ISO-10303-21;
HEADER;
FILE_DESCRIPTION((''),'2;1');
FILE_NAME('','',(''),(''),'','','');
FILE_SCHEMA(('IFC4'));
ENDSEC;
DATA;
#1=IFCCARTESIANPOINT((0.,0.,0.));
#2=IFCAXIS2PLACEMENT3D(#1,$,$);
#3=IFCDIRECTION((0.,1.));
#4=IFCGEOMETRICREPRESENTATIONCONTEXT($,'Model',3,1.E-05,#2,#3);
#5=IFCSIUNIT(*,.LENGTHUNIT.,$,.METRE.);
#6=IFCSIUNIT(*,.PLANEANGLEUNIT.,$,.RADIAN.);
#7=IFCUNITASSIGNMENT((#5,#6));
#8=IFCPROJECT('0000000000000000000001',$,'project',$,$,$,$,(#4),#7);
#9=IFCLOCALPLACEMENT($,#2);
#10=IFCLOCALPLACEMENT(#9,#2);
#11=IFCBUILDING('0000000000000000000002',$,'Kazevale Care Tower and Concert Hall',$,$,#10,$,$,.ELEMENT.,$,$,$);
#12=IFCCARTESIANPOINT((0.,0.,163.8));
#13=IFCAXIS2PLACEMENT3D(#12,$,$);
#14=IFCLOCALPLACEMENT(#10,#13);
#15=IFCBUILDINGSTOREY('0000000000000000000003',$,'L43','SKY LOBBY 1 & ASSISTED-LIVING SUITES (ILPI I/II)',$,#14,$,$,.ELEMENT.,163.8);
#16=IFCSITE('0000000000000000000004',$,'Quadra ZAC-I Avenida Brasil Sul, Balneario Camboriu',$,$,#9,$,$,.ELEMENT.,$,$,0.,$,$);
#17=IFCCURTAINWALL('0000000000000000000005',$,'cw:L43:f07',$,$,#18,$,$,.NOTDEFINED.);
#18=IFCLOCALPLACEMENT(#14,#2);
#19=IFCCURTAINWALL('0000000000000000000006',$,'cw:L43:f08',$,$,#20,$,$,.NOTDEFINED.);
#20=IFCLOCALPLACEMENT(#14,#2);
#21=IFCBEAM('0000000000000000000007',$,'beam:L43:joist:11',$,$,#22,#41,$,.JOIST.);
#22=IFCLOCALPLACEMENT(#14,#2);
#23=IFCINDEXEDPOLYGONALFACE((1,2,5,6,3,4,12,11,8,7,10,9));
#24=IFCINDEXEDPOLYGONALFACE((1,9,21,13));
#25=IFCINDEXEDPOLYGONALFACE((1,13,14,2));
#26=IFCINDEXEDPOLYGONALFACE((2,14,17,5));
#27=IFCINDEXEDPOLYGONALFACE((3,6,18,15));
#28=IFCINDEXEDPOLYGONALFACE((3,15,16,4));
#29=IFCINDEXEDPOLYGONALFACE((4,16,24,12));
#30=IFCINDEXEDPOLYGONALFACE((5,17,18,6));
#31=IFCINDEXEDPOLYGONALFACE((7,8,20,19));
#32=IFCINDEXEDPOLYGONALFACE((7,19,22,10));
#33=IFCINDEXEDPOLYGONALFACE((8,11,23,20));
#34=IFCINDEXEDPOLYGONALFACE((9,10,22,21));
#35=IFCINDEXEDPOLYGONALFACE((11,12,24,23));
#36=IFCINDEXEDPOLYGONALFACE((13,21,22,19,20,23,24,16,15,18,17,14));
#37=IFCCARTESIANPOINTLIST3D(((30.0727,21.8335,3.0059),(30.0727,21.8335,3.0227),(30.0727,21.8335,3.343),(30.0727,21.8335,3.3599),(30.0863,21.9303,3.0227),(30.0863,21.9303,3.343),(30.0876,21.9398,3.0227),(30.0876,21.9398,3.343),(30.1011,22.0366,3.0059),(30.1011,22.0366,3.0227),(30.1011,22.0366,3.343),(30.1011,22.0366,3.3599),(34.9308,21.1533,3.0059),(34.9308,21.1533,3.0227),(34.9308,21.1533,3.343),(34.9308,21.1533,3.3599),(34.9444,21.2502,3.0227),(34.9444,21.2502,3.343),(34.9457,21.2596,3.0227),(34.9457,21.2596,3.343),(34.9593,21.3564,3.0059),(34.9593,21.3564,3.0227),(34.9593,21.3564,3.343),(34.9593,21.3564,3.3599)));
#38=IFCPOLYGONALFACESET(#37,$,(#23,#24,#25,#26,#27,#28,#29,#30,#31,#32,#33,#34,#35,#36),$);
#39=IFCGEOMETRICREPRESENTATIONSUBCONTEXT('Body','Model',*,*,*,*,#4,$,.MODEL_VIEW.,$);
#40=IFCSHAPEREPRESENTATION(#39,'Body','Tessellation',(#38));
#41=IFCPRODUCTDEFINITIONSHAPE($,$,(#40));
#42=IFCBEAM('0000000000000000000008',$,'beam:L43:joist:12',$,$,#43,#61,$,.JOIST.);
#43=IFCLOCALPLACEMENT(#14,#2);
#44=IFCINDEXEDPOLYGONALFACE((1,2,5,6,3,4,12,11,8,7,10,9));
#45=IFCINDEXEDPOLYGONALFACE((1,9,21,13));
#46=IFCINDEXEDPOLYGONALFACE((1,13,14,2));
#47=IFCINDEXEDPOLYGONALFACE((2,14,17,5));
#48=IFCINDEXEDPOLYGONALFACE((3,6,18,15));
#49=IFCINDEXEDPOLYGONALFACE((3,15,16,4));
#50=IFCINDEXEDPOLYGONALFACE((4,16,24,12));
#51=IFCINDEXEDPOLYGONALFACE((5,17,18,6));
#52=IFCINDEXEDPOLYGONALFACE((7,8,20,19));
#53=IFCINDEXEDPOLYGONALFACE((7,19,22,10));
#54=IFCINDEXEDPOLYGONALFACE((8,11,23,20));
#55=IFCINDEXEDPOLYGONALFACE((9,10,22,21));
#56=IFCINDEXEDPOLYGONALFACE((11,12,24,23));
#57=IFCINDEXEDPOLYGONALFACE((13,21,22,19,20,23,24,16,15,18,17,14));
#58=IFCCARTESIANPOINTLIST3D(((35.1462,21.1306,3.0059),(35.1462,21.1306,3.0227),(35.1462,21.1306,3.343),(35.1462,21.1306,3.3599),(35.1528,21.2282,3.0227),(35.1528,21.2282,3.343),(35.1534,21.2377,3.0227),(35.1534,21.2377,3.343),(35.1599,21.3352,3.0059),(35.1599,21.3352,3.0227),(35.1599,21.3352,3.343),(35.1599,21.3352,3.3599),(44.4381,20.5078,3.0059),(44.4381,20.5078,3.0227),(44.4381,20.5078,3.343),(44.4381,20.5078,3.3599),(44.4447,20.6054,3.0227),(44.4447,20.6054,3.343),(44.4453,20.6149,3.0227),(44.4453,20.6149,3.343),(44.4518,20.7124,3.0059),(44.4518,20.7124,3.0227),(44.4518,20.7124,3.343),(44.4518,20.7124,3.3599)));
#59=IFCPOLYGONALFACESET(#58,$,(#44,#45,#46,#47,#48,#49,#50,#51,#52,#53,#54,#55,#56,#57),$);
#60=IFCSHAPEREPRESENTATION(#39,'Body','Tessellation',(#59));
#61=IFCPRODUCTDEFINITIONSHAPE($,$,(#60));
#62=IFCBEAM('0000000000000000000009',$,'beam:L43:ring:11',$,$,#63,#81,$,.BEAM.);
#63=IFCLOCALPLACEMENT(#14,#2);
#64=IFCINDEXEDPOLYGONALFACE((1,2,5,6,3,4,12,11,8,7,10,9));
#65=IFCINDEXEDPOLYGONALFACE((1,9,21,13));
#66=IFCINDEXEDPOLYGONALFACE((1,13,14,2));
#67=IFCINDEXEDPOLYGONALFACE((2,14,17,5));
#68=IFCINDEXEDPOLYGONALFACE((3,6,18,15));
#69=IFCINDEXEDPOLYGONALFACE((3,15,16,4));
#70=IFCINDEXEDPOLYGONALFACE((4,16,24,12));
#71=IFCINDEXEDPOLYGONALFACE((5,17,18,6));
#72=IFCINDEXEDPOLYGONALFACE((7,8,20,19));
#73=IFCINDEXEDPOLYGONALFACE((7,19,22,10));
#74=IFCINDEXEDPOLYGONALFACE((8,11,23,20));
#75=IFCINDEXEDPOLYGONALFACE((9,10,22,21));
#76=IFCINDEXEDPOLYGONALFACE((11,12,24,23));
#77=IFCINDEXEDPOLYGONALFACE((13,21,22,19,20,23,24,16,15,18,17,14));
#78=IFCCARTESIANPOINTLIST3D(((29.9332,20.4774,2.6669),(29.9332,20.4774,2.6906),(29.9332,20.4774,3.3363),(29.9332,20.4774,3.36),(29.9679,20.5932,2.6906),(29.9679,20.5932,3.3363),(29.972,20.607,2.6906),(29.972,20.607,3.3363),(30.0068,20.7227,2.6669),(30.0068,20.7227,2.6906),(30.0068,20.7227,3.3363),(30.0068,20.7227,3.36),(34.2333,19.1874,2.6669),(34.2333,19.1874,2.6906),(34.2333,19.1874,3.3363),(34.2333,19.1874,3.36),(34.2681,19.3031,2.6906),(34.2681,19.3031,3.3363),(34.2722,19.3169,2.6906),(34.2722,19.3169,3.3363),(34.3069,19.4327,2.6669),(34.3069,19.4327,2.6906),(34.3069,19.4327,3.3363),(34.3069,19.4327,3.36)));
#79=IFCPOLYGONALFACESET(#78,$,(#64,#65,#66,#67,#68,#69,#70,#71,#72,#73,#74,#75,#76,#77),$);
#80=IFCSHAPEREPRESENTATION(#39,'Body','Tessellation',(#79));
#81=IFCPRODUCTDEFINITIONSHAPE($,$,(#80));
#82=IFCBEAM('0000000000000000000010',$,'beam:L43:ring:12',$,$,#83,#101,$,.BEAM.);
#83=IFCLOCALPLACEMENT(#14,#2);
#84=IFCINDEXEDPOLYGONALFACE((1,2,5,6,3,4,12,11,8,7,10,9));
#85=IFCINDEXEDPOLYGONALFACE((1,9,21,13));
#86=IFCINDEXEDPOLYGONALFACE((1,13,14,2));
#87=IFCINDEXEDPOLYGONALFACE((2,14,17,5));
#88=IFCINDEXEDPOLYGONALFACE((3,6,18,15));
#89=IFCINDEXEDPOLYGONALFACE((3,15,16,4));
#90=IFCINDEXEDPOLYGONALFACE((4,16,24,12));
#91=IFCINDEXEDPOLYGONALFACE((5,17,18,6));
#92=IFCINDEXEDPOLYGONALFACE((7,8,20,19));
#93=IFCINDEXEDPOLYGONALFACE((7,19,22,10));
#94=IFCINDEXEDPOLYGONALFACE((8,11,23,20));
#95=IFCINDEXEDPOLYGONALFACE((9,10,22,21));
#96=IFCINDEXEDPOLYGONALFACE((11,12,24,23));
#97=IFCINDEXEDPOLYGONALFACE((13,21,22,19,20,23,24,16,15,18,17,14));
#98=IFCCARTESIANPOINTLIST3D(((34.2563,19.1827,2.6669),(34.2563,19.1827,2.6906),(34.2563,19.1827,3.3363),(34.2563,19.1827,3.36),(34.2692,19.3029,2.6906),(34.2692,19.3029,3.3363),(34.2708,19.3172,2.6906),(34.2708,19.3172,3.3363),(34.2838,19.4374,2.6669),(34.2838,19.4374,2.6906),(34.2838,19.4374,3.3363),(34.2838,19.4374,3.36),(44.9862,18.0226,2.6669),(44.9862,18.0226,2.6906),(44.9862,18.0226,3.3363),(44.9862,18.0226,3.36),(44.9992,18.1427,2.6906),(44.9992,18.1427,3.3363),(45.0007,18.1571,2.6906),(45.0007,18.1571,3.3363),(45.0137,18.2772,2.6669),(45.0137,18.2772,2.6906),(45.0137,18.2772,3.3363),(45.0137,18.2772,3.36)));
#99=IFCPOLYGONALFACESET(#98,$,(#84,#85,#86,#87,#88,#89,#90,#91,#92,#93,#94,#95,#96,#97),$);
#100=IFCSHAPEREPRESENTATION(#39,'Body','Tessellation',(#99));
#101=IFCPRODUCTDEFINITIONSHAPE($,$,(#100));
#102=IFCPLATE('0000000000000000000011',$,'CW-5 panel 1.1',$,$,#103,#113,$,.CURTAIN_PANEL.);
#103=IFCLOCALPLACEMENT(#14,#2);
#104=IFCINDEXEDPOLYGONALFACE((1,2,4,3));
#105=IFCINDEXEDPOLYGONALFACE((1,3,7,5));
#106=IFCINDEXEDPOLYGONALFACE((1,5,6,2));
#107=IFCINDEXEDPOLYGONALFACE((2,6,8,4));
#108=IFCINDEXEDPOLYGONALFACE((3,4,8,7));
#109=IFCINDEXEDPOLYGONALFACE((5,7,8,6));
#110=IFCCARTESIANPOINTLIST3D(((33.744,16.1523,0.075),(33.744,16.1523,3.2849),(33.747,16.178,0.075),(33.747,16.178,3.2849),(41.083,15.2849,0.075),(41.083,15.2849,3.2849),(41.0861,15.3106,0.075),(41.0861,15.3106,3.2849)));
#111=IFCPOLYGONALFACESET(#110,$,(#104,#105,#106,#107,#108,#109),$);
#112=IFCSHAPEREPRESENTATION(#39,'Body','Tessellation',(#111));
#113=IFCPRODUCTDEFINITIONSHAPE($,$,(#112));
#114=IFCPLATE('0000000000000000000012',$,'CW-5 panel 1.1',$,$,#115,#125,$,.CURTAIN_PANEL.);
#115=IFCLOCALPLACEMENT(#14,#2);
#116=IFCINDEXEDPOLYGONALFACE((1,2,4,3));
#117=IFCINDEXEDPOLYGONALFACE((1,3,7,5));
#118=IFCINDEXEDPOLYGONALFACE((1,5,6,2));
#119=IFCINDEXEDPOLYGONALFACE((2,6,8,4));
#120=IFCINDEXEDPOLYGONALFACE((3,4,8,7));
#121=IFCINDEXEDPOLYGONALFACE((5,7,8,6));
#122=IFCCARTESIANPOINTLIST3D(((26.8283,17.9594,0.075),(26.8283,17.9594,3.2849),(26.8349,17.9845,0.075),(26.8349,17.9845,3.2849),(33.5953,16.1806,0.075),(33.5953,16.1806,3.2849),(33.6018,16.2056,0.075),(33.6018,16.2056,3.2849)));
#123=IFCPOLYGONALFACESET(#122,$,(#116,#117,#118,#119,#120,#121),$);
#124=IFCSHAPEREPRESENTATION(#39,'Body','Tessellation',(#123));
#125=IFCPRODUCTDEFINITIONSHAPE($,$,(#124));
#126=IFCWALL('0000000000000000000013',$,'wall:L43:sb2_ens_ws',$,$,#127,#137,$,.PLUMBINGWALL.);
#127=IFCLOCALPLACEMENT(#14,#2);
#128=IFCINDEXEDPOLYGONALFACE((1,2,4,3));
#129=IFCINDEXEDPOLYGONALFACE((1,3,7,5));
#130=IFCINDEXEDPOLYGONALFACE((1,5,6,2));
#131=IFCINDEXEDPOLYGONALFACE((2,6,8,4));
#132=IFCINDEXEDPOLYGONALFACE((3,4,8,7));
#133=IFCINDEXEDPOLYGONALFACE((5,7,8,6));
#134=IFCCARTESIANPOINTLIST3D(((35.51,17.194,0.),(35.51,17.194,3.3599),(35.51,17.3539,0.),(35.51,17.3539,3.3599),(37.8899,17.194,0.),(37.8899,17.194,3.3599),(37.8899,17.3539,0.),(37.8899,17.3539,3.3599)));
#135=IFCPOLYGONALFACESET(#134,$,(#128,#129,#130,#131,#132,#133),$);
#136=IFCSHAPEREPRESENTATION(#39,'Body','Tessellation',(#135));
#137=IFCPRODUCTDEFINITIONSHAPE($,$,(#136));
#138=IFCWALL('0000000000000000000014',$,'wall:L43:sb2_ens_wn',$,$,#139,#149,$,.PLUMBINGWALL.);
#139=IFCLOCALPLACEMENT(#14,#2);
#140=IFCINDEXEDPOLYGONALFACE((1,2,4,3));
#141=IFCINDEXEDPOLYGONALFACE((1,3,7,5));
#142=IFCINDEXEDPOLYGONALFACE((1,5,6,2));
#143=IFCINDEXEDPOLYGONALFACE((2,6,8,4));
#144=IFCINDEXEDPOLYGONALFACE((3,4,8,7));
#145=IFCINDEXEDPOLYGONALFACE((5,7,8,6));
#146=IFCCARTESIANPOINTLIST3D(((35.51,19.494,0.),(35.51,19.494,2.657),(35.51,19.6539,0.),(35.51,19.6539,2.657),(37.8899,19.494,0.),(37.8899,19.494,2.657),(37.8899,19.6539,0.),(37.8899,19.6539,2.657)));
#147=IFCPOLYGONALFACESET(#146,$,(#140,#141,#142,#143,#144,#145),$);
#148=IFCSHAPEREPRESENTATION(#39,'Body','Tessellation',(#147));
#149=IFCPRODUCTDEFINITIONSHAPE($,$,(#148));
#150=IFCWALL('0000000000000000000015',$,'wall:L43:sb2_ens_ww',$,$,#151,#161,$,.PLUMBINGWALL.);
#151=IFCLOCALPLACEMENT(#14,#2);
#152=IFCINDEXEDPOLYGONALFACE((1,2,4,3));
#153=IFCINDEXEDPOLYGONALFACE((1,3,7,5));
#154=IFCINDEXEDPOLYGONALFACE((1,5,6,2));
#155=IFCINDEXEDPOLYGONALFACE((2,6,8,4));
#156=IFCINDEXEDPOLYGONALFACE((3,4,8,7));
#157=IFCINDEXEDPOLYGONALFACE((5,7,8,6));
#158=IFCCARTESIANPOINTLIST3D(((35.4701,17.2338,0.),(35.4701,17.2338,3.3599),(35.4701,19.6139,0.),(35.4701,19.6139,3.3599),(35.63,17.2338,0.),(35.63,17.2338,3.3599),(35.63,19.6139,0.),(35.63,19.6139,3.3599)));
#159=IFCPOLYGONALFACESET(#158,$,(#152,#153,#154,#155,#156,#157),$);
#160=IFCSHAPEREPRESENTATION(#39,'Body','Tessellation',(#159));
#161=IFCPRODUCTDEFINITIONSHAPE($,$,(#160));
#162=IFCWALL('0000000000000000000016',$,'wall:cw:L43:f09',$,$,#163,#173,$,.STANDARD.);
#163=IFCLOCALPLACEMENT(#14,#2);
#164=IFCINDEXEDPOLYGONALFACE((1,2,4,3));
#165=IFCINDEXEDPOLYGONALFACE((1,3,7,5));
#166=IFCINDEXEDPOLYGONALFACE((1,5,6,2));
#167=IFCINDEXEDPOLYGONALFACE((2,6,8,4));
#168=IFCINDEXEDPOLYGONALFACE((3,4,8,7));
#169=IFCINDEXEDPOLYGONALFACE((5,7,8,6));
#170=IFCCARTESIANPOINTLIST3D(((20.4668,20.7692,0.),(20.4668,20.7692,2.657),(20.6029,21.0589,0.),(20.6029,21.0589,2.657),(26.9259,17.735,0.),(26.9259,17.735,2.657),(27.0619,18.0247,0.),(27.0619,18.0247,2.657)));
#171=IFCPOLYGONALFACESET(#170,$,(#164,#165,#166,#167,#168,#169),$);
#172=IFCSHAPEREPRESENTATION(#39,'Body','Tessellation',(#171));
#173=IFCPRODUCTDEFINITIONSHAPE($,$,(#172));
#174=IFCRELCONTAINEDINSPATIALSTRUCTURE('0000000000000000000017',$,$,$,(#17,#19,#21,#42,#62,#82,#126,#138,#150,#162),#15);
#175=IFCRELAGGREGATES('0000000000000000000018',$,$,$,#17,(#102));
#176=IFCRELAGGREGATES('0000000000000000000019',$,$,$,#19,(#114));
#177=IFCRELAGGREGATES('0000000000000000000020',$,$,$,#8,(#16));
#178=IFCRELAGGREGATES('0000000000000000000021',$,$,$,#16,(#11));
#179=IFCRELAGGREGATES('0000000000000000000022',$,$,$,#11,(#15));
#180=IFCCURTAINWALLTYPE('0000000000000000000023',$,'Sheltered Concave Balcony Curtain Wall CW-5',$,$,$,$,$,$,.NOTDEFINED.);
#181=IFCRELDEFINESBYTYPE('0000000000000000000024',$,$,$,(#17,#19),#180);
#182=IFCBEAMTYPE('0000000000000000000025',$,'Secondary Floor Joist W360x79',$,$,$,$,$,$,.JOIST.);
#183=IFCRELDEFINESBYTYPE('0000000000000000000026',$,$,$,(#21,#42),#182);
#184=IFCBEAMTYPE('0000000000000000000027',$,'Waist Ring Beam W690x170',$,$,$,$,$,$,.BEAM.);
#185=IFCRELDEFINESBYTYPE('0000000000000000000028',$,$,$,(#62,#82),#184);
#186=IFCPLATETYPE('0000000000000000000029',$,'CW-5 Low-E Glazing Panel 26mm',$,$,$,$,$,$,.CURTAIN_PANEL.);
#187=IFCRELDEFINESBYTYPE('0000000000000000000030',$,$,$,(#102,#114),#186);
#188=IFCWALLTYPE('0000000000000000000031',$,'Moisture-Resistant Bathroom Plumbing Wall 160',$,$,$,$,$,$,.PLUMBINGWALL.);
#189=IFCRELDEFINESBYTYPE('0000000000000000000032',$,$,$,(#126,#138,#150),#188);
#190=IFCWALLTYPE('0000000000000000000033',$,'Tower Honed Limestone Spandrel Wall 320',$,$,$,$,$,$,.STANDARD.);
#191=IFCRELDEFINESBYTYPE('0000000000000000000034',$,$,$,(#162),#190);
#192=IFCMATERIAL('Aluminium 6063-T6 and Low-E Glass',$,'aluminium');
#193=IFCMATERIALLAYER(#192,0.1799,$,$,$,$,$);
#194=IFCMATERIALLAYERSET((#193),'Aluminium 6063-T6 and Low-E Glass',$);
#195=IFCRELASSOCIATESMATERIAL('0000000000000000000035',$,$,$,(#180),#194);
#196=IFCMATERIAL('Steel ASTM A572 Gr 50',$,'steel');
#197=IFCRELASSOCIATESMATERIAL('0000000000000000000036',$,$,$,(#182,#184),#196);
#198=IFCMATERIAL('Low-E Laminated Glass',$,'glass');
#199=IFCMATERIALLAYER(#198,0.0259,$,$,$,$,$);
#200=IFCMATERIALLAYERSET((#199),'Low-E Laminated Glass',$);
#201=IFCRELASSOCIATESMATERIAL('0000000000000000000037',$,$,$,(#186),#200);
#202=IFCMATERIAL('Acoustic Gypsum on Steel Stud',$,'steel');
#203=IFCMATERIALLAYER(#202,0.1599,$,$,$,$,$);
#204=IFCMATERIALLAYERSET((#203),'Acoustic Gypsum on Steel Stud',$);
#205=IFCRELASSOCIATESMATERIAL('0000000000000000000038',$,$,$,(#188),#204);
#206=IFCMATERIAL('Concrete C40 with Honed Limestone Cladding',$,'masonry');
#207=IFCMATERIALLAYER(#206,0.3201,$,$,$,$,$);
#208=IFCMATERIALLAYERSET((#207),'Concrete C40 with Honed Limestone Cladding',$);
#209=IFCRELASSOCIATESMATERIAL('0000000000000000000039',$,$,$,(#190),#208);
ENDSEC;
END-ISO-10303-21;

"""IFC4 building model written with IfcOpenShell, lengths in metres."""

from ifc_helpers import new_model, si_unit, direction, frame, frame_2d, origin, origin_2d, place, context, subcontext, project, spatial, rectangle, i_section, extrude, material, layer, layer_set, material_profile, profile_set, type_object, element, aggregate, save


model = new_model("IFC4")

# Units and contexts
model_context = context("Model", 3, precision=1e-05, world=origin(), true_north=direction((0.0, 1.0)))
body_context = subcontext(model_context, "Body", "Model", "MODEL_VIEW")
ifc_project = project(units=[si_unit("LENGTHUNIT", "METRE"), si_unit("PLANEANGLEUNIT", "RADIAN")], contexts=[model_context])

# Site, building, storey
site_placement = place(None, origin())
site = spatial("IfcSite", under=ifc_project, at=site_placement, Name="Quadra ZAC-I Avenida Brasil Sul, Balneario Camboriu", CompositionType="ELEMENT", RefElevation=0.0)
building_placement = place(site_placement, origin())
building = spatial("IfcBuilding", under=site, at=building_placement, Name="Kazevale Care Tower and Concert Hall", CompositionType="ELEMENT")
storey_placement = place(building_placement, frame((0.0, 0.0, 163.8)))
storey = spatial("IfcBuildingStorey", under=building, at=storey_placement, Name="L43", Description="SKY LOBBY 1 & ASSISTED-LIVING SUITES (ILPI I/II)", CompositionType="ELEMENT", Elevation=163.8)

# Curtain wall
ifc_material_1 = material(Name="Aluminium 6063-T6 and Low-E Glass", Category="aluminium")
ifc_layer_1 = layer(ifc_material_1, 0.1799)
ifc_layer_set_1 = layer_set([ifc_layer_1], Name="Aluminium 6063-T6 and Low-E Glass")
curtain_wall_type = type_object("IfcCurtainWallType", Name="Sheltered Concave Balcony Curtain Wall CW-5", PredefinedType="NOTDEFINED", material=ifc_layer_set_1)
curtain_wall_1_placement = place(storey_placement, origin())
curtain_wall_1 = element("IfcCurtainWall", 1, at=curtain_wall_1_placement, inside=storey, type_object=curtain_wall_type, Name="cw:L43:f07", PredefinedType="NOTDEFINED")

# Curtain wall
curtain_wall_2_placement = place(storey_placement, origin())
curtain_wall_2 = element("IfcCurtainWall", 2, at=curtain_wall_2_placement, inside=storey, type_object=curtain_wall_type, Name="cw:L43:f08", PredefinedType="NOTDEFINED")

# Beams
ifc_material_2 = material(Name="Steel ASTM A572 Gr 50", Category="steel")
ifc_material_profile_1 = material_profile(ifc_material_2, i_section(OverallWidth=0.2051, OverallDepth=0.354, WebThickness=0.0095, FlangeThickness=0.0168, at=origin_2d()), Name="W360x79")
ifc_profile_set_1 = profile_set([ifc_material_profile_1], Name="Steel ASTM A572 Gr 50")
beam_type_1 = type_object("IfcBeamType", Name="Secondary Floor Joist W360x79", PredefinedType="JOIST", material=ifc_profile_set_1)
beam_1_placement = place(storey_placement, frame((30.0869, 21.9351, 3.1829), z_axis=(0.990341, -0.138655, 0.0), x_axis=(0.138655, 0.990341, 0.0)))
element("IfcBeam", 3, at=beam_1_placement, inside=storey, type_object=beam_type_1, Name="beam:L43:joist:11", PredefinedType="JOIST", context=body_context, shape_type="SweptSolid", body=[
    extrude(i_section(OverallWidth=0.2051, OverallDepth=0.354, WebThickness=0.0095, FlangeThickness=0.0168, at=origin_2d()), origin(), (0.0, 0.0, 1.0), 4.9055),
])
beam_2_placement = place(storey_placement, frame((35.1531, 21.2329, 3.1829), z_axis=(0.997761, -0.066876, 0.0), x_axis=(0.066876, 0.997761, 0.0)))
element("IfcBeam", 4, at=beam_2_placement, inside=storey, type_object=beam_type_1, Name="beam:L43:joist:12", PredefinedType="JOIST", context=body_context, shape_type="SweptSolid", body=[
    extrude(i_section(OverallWidth=0.2051, OverallDepth=0.354, WebThickness=0.0095, FlangeThickness=0.0168, at=origin_2d()), origin(), (0.0, 0.0, 1.0), 9.3127),
])
ifc_material_profile_2 = material_profile(ifc_material_2, i_section(OverallWidth=0.2561, OverallDepth=0.6931, WebThickness=0.0144, FlangeThickness=0.0237, at=origin_2d()), Name="W690x170")
ifc_profile_set_2 = profile_set([ifc_material_profile_2], Name="Steel ASTM A572 Gr 50")
beam_type_2 = type_object("IfcBeamType", Name="Waist Ring Beam W690x170", PredefinedType="BEAM", material=ifc_profile_set_2)
beam_3_placement = place(storey_placement, frame((29.97, 20.6001, 3.0134), z_axis=(0.957825, -0.287353, 0.0), x_axis=(0.287353, 0.957825, 0.0)))
element("IfcBeam", 5, at=beam_3_placement, inside=storey, type_object=beam_type_2, Name="beam:L43:ring:11", PredefinedType="BEAM", context=body_context, shape_type="SweptSolid", body=[
    extrude(i_section(OverallWidth=0.2561, OverallDepth=0.6931, WebThickness=0.0144, FlangeThickness=0.0237, at=origin_2d()), origin(), (0.0, 0.0, 1.0), 4.4895),
])
beam_4_placement = place(storey_placement, frame((34.27, 19.3101, 3.0134), z_axis=(0.994205, -0.107496, 0.0), x_axis=(0.107496, 0.994205, 0.0)))
element("IfcBeam", 6, at=beam_4_placement, inside=storey, type_object=beam_type_2, Name="beam:L43:ring:12", PredefinedType="BEAM", context=body_context, shape_type="SweptSolid", body=[
    extrude(i_section(OverallWidth=0.2561, OverallDepth=0.6931, WebThickness=0.0144, FlangeThickness=0.0237, at=origin_2d()), origin(), (0.0, 0.0, 1.0), 10.7925),
])

# Plates
ifc_material_3 = material(Name="Low-E Laminated Glass", Category="glass")
ifc_layer_2 = layer(ifc_material_3, 0.0259)
ifc_layer_set_2 = layer_set([ifc_layer_2], Name="Low-E Laminated Glass")
plate_type = type_object("IfcPlateType", Name="CW-5 Low-E Glazing Panel 26mm", PredefinedType="CURTAIN_PANEL", material=ifc_layer_set_2)
plate_1_placement = place(storey_placement, frame((37.415, 15.7314, 0.075), z_axis=(0.0, 0.0, 1.0), x_axis=(-0.993088, 0.117372, 0.0)))
plate_1 = element("IfcPlate", 7, at=plate_1_placement, type_object=plate_type, Name="CW-5 panel 1.1", PredefinedType="CURTAIN_PANEL", context=body_context, shape_type="SweptSolid", body=[
    extrude(rectangle(XDim=7.3901, YDim=0.0259, at=origin_2d()), origin(), (0.0, 0.0, 1.0), 3.21),
])
aggregate(curtain_wall_1, [plate_1])
plate_2_placement = place(storey_placement, frame((30.2151, 17.0825, 0.075), z_axis=(0.0, 0.0, 1.0), x_axis=(-0.967142, 0.254238, 0.0)))
plate_2 = element("IfcPlate", 8, at=plate_2_placement, type_object=plate_type, Name="CW-5 panel 1.1", PredefinedType="CURTAIN_PANEL", context=body_context, shape_type="SweptSolid", body=[
    extrude(rectangle(XDim=6.9968, YDim=0.0259, at=origin_2d()), origin(), (0.0, 0.0, 1.0), 3.21),
])
aggregate(curtain_wall_2, [plate_2])

# Walls
ifc_material_4 = material(Name="Acoustic Gypsum on Steel Stud", Category="steel")
ifc_layer_3 = layer(ifc_material_4, 0.1599)
ifc_layer_set_3 = layer_set([ifc_layer_3], Name="Acoustic Gypsum on Steel Stud")
wall_type_1 = type_object("IfcWallType", Name="Moisture-Resistant Bathroom Plumbing Wall 160", PredefinedType="PLUMBINGWALL", material=ifc_layer_set_3)
wall_1_placement = place(storey_placement, frame((35.51, 17.2739, 0.0), z_axis=(0.0, 0.0, 1.0), x_axis=(1.0, 0.0, 0.0)))
element("IfcWall", 9, at=wall_1_placement, inside=storey, type_object=wall_type_1, Name="wall:L43:sb2_ens_ws", PredefinedType="PLUMBINGWALL", context=body_context, shape_type="SweptSolid", body=[
    extrude(rectangle(XDim=2.3799, YDim=0.1599, at=frame_2d((1.1899, 0.0))), origin(), (0.0, 0.0, 1.0), 3.3599),
])
wall_2_placement = place(storey_placement, frame((35.51, 19.574, 0.0), z_axis=(0.0, 0.0, 1.0), x_axis=(1.0, 0.0, 0.0)))
element("IfcWall", 10, at=wall_2_placement, inside=storey, type_object=wall_type_1, Name="wall:L43:sb2_ens_wn", PredefinedType="PLUMBINGWALL", context=body_context, shape_type="SweptSolid", body=[
    extrude(rectangle(XDim=2.3799, YDim=0.1599, at=frame_2d((1.1899, 0.0))), origin(), (0.0, 0.0, 1.0), 2.657),
])
wall_3_placement = place(storey_placement, frame((35.55, 17.2339, 0.0), z_axis=(0.0, 0.0, 1.0), x_axis=(0.0, 1.0, 0.0)))
element("IfcWall", 11, at=wall_3_placement, inside=storey, type_object=wall_type_1, Name="wall:L43:sb2_ens_ww", PredefinedType="PLUMBINGWALL", context=body_context, shape_type="SweptSolid", body=[
    extrude(rectangle(XDim=2.3801, YDim=0.1599, at=frame_2d((1.1899, 0.0))), origin(), (0.0, 0.0, 1.0), 3.3599),
])
ifc_material_5 = material(Name="Concrete C40 with Honed Limestone Cladding", Category="masonry")
ifc_layer_4 = layer(ifc_material_5, 0.3201)
ifc_layer_set_4 = layer_set([ifc_layer_4], Name="Concrete C40 with Honed Limestone Cladding")
wall_type_2 = type_object("IfcWallType", Name="Tower Honed Limestone Spandrel Wall 320", PredefinedType="STANDARD", material=ifc_layer_set_4)
wall_4_placement = place(storey_placement, frame((26.9939, 17.8799, 0.0), z_axis=(0.0, 0.0, 1.0), x_axis=(-0.905107, 0.425184, 0.0)))
element("IfcWall", 12, at=wall_4_placement, inside=storey, type_object=wall_type_2, Name="wall:cw:L43:f09", PredefinedType="STANDARD", context=body_context, shape_type="SweptSolid", body=[
    extrude(rectangle(XDim=7.1362, YDim=0.3201, at=frame_2d((3.5681, 0.0))), origin(), (0.0, 0.0, 1.0), 2.657),
])

save(model, "model.ifc")
